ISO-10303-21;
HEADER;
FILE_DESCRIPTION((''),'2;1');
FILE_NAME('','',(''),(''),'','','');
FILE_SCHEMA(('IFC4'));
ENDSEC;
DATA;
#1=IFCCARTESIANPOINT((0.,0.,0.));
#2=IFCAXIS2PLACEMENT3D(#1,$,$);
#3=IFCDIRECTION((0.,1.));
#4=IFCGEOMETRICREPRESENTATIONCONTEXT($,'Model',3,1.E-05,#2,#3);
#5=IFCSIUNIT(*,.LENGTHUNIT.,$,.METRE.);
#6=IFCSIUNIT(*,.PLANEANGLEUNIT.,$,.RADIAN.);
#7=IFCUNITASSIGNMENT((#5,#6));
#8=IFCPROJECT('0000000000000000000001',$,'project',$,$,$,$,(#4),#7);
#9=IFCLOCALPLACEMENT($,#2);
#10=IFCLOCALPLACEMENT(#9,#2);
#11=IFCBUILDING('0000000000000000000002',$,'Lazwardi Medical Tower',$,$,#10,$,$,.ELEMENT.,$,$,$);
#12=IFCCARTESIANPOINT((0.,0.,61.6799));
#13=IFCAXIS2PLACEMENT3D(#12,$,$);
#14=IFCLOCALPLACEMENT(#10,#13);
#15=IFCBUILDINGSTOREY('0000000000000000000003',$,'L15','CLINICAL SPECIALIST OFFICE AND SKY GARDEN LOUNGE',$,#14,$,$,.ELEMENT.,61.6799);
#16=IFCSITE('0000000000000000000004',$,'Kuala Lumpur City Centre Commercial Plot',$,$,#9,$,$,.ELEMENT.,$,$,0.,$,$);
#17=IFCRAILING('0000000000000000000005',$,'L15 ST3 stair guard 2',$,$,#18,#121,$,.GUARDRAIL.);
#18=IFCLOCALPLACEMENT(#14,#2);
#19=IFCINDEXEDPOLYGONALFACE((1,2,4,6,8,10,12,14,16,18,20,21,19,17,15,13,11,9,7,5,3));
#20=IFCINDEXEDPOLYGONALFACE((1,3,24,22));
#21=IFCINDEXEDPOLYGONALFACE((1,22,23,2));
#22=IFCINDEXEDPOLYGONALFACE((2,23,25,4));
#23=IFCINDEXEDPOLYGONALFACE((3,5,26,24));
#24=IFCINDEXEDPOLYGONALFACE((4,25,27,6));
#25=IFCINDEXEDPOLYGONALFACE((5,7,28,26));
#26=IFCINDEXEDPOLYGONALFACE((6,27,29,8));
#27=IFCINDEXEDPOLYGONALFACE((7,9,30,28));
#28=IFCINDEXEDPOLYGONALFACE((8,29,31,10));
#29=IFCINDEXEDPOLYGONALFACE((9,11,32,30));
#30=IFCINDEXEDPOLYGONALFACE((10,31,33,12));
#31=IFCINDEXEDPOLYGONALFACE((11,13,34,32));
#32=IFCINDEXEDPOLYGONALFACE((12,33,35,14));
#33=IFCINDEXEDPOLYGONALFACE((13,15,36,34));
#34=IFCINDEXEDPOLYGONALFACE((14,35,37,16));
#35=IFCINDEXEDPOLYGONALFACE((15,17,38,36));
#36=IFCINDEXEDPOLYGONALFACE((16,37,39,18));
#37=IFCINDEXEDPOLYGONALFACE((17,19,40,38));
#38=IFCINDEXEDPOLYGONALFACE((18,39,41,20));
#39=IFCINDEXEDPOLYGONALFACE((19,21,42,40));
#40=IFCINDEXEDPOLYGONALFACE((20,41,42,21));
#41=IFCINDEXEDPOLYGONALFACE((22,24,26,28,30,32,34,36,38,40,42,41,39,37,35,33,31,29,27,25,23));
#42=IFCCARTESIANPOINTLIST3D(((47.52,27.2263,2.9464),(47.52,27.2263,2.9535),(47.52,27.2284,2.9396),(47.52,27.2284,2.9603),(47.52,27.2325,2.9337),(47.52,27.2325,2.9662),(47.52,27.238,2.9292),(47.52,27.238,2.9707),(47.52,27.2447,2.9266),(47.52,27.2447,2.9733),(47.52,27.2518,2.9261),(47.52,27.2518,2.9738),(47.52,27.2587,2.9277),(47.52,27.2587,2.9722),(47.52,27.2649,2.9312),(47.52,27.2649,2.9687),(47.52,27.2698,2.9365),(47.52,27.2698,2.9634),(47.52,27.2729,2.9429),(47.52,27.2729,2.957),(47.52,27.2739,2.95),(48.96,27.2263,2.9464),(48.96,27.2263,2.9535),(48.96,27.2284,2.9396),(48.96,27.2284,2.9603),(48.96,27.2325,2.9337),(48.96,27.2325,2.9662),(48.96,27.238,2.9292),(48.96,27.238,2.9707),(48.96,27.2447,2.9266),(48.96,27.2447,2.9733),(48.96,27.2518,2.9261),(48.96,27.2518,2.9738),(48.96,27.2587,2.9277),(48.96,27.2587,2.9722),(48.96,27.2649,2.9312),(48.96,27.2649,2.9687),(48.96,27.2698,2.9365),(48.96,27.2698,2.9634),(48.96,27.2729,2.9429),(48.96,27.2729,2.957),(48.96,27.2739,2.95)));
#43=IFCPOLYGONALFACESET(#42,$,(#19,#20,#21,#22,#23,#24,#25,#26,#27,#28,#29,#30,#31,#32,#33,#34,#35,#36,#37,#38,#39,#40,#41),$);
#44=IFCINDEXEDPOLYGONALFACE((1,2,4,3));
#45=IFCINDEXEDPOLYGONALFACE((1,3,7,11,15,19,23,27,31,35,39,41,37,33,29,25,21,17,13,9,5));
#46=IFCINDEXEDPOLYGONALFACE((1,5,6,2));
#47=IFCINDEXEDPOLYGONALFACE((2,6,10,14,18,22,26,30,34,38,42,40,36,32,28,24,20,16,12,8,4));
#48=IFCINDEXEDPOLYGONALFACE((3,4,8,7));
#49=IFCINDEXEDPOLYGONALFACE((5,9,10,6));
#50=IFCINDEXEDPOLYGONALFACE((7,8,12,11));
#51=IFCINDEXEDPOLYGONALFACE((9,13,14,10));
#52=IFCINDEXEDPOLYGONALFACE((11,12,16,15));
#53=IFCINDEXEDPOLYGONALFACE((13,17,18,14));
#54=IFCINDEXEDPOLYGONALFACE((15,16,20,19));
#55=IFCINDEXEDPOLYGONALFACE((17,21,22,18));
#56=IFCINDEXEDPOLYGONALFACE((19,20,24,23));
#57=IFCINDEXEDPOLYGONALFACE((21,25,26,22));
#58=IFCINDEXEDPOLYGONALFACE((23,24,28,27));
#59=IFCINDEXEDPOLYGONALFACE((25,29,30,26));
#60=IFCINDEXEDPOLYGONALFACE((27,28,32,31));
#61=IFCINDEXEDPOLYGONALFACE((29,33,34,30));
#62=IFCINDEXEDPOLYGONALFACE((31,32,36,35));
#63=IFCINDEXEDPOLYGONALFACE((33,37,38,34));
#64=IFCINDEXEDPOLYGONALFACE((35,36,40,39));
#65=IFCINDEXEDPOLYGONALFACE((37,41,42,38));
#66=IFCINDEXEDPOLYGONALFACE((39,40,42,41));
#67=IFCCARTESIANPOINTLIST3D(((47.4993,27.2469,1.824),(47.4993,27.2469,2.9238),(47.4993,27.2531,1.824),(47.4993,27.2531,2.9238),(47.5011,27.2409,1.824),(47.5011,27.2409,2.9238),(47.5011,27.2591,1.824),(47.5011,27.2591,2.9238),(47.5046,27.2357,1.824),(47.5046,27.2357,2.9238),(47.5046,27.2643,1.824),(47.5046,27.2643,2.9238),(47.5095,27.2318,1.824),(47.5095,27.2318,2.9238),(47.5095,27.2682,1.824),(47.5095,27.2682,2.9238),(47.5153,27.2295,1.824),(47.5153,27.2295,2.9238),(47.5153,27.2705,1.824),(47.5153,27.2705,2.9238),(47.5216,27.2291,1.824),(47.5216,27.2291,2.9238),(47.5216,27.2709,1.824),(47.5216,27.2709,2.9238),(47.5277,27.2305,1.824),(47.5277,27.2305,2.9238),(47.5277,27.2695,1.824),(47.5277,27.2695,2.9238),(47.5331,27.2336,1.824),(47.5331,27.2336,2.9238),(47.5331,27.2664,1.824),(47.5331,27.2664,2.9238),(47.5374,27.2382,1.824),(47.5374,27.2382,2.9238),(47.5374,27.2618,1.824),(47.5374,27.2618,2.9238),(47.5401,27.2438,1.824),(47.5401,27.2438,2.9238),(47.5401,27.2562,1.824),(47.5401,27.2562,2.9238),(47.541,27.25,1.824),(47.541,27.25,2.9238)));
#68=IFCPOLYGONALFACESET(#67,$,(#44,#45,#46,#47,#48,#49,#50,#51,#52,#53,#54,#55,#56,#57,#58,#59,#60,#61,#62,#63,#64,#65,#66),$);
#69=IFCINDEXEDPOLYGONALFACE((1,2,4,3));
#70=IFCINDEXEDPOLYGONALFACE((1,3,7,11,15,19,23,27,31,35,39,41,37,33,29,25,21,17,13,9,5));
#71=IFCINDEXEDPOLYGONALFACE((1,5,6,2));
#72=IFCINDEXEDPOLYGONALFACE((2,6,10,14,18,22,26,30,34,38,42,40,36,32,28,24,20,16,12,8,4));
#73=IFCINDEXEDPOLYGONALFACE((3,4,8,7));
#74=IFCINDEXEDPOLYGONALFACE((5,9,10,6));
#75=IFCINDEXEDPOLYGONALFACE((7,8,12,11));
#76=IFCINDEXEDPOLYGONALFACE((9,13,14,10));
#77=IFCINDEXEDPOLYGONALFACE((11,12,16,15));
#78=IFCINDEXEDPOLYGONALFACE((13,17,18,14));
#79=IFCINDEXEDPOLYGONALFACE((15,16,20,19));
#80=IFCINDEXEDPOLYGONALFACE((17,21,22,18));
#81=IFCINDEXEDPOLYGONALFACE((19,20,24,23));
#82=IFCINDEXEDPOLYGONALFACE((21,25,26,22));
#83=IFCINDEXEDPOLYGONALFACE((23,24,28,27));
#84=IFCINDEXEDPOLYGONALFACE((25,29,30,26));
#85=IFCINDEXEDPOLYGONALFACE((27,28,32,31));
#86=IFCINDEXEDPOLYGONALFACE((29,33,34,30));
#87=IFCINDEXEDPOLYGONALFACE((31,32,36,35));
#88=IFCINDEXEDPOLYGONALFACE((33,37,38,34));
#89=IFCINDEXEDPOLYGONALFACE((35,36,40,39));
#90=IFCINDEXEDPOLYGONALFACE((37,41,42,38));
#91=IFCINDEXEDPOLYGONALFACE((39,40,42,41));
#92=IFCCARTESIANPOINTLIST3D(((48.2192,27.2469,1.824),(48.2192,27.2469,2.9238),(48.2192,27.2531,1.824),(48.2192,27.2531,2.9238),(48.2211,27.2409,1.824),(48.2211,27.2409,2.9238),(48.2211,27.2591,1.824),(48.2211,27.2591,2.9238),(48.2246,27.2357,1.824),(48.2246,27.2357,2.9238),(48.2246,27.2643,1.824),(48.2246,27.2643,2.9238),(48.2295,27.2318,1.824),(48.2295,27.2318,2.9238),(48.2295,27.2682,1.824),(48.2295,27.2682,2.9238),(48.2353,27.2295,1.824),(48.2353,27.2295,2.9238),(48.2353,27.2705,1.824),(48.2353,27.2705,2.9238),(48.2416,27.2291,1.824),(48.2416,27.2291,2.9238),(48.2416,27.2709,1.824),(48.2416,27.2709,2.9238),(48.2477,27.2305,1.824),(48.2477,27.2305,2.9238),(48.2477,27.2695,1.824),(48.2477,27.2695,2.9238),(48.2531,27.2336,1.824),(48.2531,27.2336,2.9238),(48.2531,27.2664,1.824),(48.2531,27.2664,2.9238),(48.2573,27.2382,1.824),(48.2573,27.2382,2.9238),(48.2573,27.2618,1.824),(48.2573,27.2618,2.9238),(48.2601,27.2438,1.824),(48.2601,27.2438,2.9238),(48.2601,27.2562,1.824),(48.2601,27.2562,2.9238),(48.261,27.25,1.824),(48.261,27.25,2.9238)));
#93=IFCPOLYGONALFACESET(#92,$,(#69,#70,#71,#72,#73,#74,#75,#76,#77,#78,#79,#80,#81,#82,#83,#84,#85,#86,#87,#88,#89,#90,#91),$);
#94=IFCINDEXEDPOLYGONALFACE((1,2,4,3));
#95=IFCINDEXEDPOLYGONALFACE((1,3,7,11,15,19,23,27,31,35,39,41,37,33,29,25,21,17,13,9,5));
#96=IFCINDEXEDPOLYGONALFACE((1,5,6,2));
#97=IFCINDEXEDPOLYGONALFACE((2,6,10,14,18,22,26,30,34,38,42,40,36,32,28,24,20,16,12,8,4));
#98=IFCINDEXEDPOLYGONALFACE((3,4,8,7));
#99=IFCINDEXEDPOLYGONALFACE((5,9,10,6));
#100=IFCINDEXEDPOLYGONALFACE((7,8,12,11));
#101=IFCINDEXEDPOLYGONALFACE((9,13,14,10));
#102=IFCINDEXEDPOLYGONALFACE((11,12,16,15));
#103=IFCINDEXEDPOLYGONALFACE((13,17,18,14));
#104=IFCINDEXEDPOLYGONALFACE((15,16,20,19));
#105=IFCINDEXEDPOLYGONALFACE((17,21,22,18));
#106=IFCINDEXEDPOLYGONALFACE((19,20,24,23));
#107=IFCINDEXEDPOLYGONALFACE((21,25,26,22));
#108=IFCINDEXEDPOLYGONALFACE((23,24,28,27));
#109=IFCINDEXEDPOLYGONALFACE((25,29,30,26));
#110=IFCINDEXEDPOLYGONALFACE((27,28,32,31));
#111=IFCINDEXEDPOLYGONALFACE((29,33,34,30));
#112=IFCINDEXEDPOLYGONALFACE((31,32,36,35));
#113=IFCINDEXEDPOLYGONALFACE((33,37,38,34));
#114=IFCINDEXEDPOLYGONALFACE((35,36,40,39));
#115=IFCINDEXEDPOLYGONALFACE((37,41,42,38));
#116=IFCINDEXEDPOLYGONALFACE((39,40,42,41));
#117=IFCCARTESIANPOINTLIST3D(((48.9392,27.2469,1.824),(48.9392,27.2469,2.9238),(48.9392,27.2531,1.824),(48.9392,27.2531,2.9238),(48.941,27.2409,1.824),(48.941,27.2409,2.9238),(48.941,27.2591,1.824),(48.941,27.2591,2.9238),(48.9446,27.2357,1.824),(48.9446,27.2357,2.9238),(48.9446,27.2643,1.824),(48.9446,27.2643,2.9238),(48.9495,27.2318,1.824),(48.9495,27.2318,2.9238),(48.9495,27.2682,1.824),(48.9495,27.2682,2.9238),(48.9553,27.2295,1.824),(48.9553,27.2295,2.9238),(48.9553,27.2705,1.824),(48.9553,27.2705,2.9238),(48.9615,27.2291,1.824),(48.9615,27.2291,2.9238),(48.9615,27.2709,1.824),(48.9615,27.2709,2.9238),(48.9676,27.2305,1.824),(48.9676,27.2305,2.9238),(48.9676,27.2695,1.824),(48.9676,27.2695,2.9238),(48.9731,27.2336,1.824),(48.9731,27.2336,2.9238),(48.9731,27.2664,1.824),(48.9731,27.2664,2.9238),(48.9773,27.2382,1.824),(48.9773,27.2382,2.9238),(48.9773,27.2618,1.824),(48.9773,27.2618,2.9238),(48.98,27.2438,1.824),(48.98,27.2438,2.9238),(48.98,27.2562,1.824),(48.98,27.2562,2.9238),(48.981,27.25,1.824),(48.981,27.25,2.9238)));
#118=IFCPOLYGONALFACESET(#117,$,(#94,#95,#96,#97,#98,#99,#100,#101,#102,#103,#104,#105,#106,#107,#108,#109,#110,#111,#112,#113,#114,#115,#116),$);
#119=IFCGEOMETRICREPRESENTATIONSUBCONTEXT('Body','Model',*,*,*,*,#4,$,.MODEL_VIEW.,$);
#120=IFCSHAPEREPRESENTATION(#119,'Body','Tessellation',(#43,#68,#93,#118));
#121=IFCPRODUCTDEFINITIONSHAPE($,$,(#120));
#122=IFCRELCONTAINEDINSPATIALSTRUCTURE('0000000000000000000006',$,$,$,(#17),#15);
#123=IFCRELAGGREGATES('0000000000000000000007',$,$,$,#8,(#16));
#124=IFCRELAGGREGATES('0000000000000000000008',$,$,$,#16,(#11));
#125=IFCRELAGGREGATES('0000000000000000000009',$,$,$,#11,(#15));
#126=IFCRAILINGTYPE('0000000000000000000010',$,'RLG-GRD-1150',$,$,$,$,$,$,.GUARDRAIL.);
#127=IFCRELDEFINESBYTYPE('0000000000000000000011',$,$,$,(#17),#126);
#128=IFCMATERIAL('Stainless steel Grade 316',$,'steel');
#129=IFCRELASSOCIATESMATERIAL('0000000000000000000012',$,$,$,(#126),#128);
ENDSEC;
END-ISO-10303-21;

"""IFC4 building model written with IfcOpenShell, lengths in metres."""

from ifc_helpers import new_model, si_unit, direction, frame, origin, origin_2d, place, context, subcontext, project, spatial, circle, extrude, material, type_object, element, save


model = new_model("IFC4")

# Units and contexts
model_context = context("Model", 3, precision=1e-05, world=origin(), true_north=direction((0.0, 1.0)))
body_context = subcontext(model_context, "Body", "Model", "MODEL_VIEW")
ifc_project = project(units=[si_unit("LENGTHUNIT", "METRE"), si_unit("PLANEANGLEUNIT", "RADIAN")], contexts=[model_context])

# Site, building, storey
site_placement = place(None, origin())
site = spatial("IfcSite", under=ifc_project, at=site_placement, Name="Kuala Lumpur City Centre Commercial Plot", CompositionType="ELEMENT", RefElevation=0.0)
building_placement = place(site_placement, origin())
building = spatial("IfcBuilding", under=site, at=building_placement, Name="Lazwardi Medical Tower", CompositionType="ELEMENT")
storey_placement = place(building_placement, frame((0.0, 0.0, 61.6799)))
storey = spatial("IfcBuildingStorey", under=building, at=storey_placement, Name="L15", Description="CLINICAL SPECIALIST OFFICE AND SKY GARDEN LOUNGE", CompositionType="ELEMENT", Elevation=61.6799)

# Railing
ifc_material_1 = material(Name="Stainless steel Grade 316", Category="steel")
railing_type_1 = type_object("IfcRailingType", Name="RLG-GRD-1150", PredefinedType="GUARDRAIL", material=ifc_material_1)
railing_1_placement = place(storey_placement, frame((47.52, 27.25, 1.824)))
element("IfcRailing", 1, at=railing_1_placement, inside=storey, type_object=railing_type_1, Name="L15 ST3 stair guard 2", PredefinedType="GUARDRAIL", context=body_context, shape_type="SweptSolid", body=[
    extrude(circle(Radius=0.0239, at=origin_2d()), frame((0.0, 0.0, 1.126), z_axis=(1.0, 0.0, 0.0), x_axis=(0.0, 1.0, 0.0)), (0.0, 0.0, 1.0), 1.4399),
    extrude(circle(Radius=0.021, at=origin_2d()), origin(), (0.0, 0.0, 1.0), 1.0999),
    extrude(circle(Radius=0.021, at=origin_2d()), frame((0.72, 0.0, 0.0)), (0.0, 0.0, 1.0), 1.0999),
    extrude(circle(Radius=0.021, at=origin_2d()), frame((1.4399, 0.0, 0.0)), (0.0, 0.0, 1.0), 1.0999),
])

save(model, "model.ifc")
